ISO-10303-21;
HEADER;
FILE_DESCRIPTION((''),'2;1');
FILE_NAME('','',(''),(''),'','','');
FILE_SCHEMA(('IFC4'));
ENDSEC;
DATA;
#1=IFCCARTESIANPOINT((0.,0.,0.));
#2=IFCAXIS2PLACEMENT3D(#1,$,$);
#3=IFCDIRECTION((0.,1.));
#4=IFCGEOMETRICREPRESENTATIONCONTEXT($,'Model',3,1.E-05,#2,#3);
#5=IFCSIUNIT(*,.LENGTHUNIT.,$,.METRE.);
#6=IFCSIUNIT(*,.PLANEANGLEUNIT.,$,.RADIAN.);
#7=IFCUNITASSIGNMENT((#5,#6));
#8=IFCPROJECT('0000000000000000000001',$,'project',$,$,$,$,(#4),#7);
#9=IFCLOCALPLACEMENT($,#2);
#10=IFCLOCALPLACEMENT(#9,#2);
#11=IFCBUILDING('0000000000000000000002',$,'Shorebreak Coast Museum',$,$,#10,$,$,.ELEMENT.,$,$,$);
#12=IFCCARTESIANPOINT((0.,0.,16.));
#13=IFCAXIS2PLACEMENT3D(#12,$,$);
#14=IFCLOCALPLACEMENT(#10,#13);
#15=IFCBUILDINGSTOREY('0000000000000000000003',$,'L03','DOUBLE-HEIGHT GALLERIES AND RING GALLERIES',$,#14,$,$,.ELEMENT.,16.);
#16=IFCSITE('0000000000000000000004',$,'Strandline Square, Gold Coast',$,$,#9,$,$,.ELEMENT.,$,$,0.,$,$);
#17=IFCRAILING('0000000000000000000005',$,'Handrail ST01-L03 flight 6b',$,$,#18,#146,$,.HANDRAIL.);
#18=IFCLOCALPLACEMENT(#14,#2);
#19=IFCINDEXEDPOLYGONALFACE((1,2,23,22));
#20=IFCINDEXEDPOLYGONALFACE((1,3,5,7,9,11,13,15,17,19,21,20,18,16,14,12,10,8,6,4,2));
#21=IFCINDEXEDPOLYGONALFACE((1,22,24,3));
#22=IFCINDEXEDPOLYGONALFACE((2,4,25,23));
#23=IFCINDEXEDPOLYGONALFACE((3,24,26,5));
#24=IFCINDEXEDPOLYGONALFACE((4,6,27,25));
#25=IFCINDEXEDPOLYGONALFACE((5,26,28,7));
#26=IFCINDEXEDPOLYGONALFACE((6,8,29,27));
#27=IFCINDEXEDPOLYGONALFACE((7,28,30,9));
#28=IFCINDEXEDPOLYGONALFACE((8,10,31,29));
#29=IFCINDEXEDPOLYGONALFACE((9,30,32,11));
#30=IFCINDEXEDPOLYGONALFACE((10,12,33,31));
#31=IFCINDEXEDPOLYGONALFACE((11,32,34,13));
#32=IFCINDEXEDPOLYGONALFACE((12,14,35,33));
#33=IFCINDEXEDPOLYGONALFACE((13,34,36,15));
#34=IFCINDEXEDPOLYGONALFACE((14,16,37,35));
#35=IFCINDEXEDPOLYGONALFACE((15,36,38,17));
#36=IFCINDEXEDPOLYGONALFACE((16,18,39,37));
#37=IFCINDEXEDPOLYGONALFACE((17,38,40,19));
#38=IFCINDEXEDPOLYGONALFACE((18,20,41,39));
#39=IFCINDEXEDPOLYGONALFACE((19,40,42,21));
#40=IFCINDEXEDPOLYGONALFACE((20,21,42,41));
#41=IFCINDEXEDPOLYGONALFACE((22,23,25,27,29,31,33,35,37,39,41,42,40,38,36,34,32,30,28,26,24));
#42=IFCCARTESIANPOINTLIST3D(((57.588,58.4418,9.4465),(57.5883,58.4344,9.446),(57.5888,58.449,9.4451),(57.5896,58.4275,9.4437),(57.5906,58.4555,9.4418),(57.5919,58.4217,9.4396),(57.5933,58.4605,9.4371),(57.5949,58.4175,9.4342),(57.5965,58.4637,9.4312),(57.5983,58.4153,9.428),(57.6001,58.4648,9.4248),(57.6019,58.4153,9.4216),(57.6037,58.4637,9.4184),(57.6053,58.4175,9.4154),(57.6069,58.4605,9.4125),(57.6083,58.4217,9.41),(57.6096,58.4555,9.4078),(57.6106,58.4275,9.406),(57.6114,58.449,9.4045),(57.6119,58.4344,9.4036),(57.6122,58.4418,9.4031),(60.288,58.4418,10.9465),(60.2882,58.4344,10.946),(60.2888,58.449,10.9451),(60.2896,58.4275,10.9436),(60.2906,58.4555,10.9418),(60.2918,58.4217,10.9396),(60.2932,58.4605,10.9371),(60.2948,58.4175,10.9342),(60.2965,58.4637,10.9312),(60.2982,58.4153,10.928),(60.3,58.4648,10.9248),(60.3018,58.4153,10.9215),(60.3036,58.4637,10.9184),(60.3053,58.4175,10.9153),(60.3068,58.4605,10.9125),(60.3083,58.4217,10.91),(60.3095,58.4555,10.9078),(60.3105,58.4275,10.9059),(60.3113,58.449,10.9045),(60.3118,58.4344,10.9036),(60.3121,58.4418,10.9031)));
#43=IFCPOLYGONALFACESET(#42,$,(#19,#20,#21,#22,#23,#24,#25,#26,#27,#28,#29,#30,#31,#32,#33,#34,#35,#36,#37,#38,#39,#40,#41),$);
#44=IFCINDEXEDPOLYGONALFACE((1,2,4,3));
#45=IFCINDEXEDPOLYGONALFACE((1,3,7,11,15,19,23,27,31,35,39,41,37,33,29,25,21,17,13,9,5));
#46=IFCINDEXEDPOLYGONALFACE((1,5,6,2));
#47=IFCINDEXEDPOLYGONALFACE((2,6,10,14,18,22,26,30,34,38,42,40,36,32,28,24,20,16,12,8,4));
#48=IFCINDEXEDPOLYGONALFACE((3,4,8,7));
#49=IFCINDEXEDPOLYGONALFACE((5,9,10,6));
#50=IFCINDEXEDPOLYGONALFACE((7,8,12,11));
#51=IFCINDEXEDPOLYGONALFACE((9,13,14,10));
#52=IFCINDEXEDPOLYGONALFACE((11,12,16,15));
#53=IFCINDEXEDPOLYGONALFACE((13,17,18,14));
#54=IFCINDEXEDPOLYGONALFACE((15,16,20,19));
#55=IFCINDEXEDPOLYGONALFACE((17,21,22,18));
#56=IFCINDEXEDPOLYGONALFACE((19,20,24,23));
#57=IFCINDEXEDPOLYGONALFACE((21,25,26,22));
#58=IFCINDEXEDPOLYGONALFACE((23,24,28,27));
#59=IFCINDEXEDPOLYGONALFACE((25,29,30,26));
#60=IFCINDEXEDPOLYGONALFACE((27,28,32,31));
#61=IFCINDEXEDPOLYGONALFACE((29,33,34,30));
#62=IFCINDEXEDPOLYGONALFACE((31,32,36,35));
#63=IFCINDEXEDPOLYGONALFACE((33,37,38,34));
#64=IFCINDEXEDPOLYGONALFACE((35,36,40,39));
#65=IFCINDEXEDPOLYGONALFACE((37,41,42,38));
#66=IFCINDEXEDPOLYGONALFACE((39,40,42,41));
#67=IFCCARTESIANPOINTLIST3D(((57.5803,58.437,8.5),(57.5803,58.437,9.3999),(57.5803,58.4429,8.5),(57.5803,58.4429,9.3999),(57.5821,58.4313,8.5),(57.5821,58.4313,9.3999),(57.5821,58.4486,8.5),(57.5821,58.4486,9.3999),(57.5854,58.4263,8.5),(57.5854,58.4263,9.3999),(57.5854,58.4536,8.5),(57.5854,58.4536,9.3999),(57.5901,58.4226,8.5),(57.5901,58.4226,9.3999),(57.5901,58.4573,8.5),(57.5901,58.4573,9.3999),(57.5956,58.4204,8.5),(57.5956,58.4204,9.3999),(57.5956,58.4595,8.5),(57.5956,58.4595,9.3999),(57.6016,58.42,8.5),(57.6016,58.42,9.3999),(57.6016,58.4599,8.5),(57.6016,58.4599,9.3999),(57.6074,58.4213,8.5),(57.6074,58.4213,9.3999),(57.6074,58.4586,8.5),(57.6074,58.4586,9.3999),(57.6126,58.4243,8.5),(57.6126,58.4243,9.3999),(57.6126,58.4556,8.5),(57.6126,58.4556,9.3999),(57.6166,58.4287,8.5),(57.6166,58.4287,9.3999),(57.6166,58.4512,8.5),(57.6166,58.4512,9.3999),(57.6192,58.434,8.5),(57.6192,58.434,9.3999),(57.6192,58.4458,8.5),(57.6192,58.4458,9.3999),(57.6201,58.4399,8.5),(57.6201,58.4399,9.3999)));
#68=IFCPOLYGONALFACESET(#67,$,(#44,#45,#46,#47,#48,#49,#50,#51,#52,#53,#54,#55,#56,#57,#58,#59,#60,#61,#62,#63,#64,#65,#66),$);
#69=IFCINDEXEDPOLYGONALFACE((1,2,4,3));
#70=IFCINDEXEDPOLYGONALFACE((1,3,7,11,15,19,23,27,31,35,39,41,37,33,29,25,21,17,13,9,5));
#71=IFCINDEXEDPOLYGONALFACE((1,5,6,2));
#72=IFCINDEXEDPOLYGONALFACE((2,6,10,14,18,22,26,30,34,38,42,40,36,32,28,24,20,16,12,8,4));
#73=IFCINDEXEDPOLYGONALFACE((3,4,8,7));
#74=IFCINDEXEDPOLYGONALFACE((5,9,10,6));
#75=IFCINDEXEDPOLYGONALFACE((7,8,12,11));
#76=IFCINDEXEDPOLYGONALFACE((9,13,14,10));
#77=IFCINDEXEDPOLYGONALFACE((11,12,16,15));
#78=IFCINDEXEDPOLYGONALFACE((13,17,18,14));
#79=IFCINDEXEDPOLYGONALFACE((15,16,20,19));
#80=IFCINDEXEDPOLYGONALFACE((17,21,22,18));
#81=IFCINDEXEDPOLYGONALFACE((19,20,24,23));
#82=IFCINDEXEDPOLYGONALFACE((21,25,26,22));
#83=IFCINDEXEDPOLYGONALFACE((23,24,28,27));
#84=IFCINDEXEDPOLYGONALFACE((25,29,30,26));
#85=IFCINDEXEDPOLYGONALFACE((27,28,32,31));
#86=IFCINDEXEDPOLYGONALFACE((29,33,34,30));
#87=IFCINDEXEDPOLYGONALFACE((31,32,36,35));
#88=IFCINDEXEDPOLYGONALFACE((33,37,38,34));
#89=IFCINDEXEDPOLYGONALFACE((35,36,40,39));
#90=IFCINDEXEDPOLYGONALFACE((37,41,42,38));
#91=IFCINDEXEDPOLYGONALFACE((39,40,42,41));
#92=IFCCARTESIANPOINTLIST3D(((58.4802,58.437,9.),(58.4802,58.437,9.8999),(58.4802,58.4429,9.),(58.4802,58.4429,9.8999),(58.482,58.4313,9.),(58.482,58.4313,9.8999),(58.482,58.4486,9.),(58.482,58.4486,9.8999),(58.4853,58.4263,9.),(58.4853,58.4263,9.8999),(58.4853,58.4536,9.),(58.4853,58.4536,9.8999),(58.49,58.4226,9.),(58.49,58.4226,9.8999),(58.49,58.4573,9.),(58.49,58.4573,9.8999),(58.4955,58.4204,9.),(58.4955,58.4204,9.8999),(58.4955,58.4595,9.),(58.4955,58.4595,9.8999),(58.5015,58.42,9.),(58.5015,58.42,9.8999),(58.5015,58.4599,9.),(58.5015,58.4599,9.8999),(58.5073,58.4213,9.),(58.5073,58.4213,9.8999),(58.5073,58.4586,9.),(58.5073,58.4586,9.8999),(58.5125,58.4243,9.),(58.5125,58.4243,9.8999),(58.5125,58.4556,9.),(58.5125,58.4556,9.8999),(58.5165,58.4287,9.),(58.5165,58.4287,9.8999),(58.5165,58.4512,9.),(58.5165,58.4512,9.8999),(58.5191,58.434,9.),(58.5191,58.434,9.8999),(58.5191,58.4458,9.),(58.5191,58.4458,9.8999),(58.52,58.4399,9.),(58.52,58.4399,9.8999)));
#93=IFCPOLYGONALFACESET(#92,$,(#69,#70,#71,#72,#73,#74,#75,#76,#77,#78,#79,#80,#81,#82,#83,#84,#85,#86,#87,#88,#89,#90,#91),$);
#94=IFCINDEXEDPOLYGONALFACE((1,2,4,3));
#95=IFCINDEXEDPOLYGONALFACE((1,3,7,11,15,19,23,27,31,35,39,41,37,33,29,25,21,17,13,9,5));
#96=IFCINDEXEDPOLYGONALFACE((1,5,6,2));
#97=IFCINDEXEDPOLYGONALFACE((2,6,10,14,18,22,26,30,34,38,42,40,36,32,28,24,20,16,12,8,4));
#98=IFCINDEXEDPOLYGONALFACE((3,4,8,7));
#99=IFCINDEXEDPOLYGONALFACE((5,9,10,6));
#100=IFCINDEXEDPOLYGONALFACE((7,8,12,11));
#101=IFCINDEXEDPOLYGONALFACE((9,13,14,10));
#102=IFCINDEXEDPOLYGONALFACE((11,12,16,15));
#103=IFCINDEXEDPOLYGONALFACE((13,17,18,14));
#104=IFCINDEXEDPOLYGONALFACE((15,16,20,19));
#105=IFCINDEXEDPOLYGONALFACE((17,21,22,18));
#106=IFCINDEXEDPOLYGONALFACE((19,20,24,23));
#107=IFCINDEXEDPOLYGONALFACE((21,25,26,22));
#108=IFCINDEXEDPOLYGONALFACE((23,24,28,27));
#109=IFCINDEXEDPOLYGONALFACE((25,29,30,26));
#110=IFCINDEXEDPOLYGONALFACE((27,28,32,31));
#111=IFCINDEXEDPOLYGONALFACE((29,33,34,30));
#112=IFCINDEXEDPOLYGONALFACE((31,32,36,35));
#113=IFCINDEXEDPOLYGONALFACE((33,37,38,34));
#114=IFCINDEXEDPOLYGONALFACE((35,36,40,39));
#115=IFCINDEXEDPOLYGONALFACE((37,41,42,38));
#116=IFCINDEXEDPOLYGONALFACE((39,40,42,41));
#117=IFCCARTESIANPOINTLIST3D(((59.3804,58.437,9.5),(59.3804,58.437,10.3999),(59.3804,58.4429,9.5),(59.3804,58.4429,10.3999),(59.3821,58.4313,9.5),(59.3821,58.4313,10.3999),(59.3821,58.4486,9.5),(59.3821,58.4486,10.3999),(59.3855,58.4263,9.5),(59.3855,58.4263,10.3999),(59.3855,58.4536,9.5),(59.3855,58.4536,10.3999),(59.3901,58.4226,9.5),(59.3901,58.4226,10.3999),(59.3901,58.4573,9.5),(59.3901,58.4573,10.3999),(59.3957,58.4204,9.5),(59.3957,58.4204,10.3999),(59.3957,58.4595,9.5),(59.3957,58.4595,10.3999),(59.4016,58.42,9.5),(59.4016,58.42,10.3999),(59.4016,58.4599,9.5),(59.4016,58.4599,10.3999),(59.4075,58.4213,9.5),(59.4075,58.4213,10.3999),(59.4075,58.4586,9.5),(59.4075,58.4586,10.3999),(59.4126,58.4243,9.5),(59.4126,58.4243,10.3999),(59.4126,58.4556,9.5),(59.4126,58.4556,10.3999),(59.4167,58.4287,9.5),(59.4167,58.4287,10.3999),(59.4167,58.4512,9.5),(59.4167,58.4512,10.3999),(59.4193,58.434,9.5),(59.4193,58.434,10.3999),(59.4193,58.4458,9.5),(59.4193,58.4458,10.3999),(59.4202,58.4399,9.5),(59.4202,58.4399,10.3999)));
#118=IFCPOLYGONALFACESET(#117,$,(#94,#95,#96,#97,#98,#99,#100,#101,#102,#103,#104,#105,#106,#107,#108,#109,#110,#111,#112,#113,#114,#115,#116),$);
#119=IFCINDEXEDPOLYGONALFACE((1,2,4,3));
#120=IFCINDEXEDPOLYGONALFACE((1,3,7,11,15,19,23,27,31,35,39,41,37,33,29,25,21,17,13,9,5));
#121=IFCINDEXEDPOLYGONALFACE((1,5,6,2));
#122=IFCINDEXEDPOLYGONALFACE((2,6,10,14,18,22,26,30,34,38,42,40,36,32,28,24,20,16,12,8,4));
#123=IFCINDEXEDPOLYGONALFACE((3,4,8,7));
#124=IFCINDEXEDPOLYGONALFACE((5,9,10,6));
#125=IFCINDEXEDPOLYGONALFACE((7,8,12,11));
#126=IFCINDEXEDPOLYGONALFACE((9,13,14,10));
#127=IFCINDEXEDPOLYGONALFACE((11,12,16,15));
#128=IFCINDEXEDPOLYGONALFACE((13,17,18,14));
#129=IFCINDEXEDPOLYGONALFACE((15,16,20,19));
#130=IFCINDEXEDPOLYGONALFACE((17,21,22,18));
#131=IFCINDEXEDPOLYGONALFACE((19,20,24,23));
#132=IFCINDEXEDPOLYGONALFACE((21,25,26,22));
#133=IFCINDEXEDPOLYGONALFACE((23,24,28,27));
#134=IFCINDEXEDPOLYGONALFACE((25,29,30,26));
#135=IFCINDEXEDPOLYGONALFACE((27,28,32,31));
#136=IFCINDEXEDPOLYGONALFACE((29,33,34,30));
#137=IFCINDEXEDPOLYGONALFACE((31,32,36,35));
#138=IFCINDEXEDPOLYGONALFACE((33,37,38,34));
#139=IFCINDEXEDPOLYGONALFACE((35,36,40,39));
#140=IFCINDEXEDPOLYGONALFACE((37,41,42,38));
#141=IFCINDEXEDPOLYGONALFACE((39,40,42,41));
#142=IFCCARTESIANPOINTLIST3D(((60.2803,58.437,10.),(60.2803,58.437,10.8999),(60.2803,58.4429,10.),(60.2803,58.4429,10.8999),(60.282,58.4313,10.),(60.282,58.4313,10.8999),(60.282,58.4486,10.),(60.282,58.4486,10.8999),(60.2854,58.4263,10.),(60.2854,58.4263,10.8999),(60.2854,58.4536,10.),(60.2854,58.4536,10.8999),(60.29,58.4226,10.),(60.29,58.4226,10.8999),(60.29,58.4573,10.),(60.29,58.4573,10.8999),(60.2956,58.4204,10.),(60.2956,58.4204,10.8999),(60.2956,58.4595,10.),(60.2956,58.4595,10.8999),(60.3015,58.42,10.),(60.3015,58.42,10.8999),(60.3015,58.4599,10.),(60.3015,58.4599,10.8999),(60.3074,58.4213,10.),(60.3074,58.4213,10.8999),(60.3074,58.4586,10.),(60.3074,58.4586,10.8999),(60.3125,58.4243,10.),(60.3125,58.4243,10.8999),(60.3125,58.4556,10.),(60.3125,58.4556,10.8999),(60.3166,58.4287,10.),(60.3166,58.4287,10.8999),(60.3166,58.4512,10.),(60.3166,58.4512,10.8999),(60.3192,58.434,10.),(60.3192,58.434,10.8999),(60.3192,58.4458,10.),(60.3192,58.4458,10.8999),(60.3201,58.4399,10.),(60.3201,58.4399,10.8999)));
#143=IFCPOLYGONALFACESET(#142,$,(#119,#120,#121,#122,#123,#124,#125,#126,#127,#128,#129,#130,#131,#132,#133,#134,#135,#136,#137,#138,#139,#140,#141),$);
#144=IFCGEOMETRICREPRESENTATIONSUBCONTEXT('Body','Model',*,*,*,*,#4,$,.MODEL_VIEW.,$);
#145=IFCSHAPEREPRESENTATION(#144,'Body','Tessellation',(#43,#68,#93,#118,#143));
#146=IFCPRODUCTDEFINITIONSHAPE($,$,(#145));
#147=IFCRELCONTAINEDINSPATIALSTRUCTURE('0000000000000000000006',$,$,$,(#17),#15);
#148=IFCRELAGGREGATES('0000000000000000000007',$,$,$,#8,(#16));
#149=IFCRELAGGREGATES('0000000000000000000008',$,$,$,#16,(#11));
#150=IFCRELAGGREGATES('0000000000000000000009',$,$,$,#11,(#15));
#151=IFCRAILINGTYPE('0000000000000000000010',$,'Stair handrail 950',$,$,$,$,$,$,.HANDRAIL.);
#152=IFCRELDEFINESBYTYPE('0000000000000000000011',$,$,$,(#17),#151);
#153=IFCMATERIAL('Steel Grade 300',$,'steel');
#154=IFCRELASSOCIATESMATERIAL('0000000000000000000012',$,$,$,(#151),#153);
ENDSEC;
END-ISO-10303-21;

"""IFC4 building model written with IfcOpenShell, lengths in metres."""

from ifc_helpers import new_model, si_unit, direction, frame, origin, origin_2d, place, context, subcontext, project, spatial, circle, extrude, material, type_object, element, save


model = new_model("IFC4")

# Units and contexts
model_context = context("Model", 3, precision=1e-05, world=origin(), true_north=direction((0.0, 1.0)))
body_context = subcontext(model_context, "Body", "Model", "MODEL_VIEW")
ifc_project = project(units=[si_unit("LENGTHUNIT", "METRE"), si_unit("PLANEANGLEUNIT", "RADIAN")], contexts=[model_context])

# Site, building, storey
site_placement = place(None, origin())
site = spatial("IfcSite", under=ifc_project, at=site_placement, Name="Strandline Square, Gold Coast", CompositionType="ELEMENT", RefElevation=0.0)
building_placement = place(site_placement, origin())
building = spatial("IfcBuilding", under=site, at=building_placement, Name="Shorebreak Coast Museum", CompositionType="ELEMENT")
storey_placement = place(building_placement, frame((0.0, 0.0, 16.0)))
storey = spatial("IfcBuildingStorey", under=building, at=storey_placement, Name="L03", Description="DOUBLE-HEIGHT GALLERIES AND RING GALLERIES", CompositionType="ELEMENT", Elevation=16.0)

# Railing
ifc_material_1 = material(Name="Steel Grade 300", Category="steel")
railing_type_1 = type_object("IfcRailingType", Name="Stair handrail 950", PredefinedType="HANDRAIL", material=ifc_material_1)
for number, where, name in (
    (1, (57.6001, 58.4399, 8.5), "Handrail ST01-L03 flight 6b"),
):
    element("IfcRailing", number, at=place(storey_placement, frame(where)), inside=storey, type_object=railing_type_1, Name=name, PredefinedType="HANDRAIL", context=body_context, shape_type="SweptSolid", body=[
        extrude(circle(Radius=0.0249, at=origin_2d()), frame((0.0, 0.0, 0.9248), z_axis=(0.874154, 0.0, 0.48565), x_axis=(0.0, 1.0, 0.0)), (0.0, 0.0, 1.0), 3.0886),
        extrude(circle(Radius=0.02, at=origin_2d()), origin(), (0.0, 0.0, 1.0), 0.8999),
        extrude(circle(Radius=0.02, at=origin_2d()), frame((0.8999, 0.0, 0.5)), (0.0, 0.0, 1.0), 0.8999),
        extrude(circle(Radius=0.02, at=origin_2d()), frame((1.8, 0.0, 1.0)), (0.0, 0.0, 1.0), 0.8999),
        extrude(circle(Radius=0.02, at=origin_2d()), frame((2.7, 0.0, 1.5)), (0.0, 0.0, 1.0), 0.8999),
    ])

save(model, "model.ifc")
